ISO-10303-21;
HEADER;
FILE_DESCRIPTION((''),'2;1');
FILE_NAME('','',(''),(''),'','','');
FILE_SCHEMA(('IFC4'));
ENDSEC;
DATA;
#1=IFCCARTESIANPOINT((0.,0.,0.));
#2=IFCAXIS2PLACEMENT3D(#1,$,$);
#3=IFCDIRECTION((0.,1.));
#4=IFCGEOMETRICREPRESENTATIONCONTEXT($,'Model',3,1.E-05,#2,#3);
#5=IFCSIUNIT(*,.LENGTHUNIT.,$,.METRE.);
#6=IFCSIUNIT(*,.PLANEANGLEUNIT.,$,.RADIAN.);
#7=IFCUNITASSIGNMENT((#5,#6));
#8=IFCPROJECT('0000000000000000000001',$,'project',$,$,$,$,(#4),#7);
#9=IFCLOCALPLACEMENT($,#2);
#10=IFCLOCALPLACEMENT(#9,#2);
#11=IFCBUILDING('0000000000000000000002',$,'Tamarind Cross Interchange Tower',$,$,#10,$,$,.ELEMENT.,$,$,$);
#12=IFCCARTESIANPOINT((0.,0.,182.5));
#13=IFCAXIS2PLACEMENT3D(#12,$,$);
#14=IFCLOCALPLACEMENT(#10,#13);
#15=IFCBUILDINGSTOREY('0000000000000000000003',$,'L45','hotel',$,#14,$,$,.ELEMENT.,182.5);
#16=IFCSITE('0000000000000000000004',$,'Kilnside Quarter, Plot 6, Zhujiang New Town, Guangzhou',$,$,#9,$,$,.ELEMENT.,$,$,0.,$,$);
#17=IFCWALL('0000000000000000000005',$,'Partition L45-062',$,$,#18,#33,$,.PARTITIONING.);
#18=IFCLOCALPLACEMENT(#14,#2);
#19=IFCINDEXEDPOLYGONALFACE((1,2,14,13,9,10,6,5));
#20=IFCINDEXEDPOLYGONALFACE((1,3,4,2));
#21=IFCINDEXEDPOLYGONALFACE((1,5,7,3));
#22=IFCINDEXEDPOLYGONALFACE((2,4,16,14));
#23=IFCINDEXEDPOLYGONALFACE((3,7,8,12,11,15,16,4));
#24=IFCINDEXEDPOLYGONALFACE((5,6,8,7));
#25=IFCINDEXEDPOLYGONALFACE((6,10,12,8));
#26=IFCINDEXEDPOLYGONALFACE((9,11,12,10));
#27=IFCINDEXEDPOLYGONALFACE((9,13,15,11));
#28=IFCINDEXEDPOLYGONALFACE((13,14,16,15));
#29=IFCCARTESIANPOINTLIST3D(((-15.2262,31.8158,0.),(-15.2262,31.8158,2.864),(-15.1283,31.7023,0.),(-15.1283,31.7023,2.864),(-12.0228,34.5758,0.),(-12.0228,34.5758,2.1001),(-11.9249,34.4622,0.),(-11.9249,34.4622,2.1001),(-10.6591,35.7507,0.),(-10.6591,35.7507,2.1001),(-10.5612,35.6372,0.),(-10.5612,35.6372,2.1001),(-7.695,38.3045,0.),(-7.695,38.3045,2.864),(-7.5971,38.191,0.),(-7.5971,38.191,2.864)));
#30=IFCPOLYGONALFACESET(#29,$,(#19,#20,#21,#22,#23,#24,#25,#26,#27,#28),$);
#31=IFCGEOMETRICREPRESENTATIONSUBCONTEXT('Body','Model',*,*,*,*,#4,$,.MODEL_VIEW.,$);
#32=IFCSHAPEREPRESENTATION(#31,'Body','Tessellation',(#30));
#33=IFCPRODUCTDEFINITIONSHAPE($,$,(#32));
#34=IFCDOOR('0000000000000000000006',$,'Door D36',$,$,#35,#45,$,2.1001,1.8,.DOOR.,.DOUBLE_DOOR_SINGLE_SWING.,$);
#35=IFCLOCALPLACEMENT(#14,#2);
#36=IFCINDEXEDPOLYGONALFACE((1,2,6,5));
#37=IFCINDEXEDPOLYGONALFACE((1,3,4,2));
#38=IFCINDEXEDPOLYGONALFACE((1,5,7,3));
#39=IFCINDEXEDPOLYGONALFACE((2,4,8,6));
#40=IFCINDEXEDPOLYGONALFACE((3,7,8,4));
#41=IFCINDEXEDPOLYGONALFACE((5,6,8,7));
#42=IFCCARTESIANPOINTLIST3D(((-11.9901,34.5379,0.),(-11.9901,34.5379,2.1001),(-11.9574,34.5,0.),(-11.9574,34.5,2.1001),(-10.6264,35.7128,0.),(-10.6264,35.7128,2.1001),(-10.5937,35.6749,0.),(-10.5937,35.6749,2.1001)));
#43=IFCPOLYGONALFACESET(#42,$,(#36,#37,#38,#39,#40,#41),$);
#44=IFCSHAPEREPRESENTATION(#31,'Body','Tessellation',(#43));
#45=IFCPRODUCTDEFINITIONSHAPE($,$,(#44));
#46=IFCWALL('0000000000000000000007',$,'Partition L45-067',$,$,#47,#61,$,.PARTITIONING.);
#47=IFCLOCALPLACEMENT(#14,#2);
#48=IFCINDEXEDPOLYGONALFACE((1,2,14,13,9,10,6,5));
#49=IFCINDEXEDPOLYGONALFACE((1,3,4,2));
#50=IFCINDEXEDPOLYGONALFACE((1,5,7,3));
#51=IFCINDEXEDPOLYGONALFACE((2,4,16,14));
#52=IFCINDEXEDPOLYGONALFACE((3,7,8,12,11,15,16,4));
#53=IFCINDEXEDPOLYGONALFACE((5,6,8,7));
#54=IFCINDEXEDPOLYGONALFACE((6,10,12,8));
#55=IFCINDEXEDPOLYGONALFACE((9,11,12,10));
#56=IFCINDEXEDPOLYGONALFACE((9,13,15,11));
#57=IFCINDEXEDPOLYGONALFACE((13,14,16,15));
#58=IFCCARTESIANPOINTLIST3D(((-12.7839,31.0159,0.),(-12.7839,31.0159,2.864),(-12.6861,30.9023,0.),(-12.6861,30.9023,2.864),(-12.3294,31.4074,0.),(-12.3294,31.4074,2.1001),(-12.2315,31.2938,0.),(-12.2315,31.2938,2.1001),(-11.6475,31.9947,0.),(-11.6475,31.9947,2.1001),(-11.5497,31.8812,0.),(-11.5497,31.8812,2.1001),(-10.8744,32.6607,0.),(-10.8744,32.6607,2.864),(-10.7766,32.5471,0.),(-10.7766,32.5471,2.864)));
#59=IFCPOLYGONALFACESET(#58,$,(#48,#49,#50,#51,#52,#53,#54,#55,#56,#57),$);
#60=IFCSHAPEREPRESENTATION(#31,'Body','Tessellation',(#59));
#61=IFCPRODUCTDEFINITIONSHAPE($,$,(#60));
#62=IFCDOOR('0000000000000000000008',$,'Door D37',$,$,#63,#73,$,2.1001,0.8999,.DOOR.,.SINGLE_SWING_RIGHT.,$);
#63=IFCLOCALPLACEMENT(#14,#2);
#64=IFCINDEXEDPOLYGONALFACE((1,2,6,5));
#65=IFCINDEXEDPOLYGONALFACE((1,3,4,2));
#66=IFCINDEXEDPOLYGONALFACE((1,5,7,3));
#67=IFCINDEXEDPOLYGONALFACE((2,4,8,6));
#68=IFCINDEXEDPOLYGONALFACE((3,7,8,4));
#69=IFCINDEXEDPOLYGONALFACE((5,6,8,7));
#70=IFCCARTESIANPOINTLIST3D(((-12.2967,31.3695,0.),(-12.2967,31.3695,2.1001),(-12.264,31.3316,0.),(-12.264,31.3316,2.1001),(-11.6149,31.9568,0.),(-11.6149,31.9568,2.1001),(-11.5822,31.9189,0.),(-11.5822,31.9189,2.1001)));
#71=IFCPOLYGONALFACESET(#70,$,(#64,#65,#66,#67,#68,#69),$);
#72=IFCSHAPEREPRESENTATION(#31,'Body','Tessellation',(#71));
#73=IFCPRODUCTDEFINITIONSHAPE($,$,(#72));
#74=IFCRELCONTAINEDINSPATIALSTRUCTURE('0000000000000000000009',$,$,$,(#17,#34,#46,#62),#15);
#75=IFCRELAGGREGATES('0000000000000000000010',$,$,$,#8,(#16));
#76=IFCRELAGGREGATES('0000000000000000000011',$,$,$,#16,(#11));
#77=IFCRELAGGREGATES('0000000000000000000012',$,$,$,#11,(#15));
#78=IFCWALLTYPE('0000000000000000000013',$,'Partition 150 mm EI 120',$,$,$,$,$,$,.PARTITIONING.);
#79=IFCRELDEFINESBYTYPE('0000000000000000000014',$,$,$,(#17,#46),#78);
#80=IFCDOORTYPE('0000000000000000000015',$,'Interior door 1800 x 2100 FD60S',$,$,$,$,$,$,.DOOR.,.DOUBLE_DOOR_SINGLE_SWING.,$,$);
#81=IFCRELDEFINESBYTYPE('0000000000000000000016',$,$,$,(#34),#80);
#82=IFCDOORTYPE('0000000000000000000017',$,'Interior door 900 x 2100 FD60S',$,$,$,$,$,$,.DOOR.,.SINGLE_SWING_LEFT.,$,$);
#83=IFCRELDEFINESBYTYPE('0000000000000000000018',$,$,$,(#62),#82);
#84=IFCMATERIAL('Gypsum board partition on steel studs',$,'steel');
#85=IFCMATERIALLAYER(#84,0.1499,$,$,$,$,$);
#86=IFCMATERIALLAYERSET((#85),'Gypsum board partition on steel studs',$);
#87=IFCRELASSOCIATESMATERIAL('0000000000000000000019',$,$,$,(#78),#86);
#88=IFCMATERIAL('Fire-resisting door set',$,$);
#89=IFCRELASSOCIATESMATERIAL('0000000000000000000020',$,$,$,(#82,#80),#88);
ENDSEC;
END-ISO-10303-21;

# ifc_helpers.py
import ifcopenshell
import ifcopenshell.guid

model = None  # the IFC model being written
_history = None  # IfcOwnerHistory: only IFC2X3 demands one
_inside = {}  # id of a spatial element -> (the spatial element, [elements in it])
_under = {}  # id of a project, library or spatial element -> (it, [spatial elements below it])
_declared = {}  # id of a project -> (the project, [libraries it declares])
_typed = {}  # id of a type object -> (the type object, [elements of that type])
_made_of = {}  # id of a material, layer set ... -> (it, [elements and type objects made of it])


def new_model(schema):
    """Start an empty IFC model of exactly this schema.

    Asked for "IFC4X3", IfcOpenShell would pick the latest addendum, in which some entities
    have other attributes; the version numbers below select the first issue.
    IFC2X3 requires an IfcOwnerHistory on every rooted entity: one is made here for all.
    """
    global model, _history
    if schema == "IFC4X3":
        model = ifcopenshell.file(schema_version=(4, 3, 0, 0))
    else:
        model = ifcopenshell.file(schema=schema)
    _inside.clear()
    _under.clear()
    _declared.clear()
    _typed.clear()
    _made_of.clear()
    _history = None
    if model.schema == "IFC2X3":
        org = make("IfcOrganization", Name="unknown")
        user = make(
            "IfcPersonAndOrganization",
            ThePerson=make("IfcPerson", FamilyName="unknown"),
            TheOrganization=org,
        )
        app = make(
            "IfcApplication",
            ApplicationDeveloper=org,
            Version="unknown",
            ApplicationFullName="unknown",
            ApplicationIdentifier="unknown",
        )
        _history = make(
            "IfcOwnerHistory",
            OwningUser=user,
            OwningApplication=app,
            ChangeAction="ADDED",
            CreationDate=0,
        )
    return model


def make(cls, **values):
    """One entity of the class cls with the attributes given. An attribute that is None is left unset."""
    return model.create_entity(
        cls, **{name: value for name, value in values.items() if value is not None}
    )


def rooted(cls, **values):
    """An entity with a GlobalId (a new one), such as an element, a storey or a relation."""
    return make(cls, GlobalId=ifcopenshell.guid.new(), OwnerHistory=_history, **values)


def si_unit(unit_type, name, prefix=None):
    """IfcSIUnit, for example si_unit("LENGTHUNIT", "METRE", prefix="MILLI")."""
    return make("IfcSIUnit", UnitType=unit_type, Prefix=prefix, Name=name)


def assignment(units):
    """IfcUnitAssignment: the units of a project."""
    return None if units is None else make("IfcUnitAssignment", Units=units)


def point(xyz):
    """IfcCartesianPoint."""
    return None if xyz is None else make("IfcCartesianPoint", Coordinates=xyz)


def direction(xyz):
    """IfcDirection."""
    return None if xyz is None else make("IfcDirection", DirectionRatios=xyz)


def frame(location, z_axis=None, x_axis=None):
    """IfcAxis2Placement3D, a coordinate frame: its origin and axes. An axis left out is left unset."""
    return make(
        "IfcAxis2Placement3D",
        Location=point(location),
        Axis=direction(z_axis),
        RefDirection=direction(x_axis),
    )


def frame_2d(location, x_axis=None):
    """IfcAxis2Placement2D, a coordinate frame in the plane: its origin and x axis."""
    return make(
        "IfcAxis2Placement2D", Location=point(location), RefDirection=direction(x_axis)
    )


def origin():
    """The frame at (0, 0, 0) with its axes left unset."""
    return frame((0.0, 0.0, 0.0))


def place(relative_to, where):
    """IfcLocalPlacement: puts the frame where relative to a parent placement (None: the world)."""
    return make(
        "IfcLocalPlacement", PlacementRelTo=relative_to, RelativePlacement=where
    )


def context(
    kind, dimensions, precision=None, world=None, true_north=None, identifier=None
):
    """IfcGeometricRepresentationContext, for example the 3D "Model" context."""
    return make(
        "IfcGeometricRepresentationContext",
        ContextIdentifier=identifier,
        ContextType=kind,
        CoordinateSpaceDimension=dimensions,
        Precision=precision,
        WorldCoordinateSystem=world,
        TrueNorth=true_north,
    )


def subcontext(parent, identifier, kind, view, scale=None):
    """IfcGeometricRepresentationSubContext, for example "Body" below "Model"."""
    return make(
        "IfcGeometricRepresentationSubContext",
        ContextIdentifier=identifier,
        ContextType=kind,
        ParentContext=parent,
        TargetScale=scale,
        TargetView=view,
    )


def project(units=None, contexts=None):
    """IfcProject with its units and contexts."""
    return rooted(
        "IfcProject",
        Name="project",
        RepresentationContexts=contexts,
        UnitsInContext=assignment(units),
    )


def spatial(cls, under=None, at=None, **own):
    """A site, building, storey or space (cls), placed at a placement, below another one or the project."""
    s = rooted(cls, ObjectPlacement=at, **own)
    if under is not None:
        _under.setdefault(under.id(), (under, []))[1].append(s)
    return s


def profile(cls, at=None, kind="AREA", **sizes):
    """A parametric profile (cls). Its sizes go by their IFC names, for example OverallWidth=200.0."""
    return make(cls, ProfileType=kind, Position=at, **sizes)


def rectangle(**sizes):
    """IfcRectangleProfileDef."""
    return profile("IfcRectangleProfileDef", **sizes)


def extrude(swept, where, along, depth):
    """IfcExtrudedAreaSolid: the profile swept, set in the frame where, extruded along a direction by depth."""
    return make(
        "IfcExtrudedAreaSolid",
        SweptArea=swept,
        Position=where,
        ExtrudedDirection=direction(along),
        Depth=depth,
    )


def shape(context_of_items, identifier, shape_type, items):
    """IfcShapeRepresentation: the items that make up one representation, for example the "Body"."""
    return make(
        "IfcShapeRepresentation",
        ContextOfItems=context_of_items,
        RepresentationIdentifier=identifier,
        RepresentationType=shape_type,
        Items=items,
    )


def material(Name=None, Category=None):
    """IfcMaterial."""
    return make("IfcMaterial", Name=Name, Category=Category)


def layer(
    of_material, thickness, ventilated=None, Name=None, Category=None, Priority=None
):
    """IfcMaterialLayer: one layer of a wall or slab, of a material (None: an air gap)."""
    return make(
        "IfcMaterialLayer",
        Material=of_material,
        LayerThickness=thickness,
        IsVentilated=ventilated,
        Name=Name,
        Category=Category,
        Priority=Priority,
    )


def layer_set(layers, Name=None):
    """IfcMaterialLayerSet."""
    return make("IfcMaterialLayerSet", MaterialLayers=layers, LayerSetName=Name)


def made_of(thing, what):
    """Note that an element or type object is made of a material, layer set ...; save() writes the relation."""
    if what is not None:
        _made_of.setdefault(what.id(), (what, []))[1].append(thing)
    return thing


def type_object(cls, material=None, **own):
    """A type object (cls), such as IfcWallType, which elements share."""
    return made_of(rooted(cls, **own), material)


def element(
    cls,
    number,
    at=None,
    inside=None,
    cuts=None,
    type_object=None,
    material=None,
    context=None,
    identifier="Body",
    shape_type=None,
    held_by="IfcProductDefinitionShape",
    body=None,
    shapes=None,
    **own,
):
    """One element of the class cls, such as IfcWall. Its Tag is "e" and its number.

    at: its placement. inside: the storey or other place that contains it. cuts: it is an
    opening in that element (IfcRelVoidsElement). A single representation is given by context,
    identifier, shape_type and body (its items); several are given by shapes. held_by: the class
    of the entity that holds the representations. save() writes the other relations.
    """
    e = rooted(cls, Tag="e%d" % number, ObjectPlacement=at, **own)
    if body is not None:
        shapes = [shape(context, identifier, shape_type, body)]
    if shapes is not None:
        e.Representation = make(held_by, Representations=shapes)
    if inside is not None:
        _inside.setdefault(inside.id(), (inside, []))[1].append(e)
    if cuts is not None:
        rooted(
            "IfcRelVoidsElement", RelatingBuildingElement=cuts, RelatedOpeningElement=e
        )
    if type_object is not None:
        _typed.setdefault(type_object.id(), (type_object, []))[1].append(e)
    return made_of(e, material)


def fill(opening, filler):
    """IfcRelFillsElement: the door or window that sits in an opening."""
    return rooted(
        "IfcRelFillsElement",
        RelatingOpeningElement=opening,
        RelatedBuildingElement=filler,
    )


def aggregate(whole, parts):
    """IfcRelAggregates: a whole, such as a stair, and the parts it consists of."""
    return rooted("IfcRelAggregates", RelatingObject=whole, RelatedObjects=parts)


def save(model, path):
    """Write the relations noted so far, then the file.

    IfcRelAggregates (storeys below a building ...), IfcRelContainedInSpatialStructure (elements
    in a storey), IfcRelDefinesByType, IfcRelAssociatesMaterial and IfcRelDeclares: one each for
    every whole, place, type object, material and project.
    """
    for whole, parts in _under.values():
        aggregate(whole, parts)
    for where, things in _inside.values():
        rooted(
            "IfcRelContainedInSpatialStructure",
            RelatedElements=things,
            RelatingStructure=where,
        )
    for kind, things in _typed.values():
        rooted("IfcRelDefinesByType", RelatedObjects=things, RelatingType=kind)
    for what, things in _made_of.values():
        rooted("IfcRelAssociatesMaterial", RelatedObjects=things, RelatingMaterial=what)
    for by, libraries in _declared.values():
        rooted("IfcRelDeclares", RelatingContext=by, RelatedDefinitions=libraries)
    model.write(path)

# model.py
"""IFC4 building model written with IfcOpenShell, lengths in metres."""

from ifc_helpers import new_model, si_unit, direction, frame, frame_2d, origin, place, context, subcontext, project, spatial, rectangle, extrude, material, layer, layer_set, type_object, element, fill, save


model = new_model("IFC4")

# Units and contexts
model_context = context("Model", 3, precision=1e-05, world=origin(), true_north=direction((0.0, 1.0)))
body_context = subcontext(model_context, "Body", "Model", "MODEL_VIEW")
ifc_project = project(units=[si_unit("LENGTHUNIT", "METRE"), si_unit("PLANEANGLEUNIT", "RADIAN")], contexts=[model_context])

# Site, building, storey
site_placement = place(None, origin())
site = spatial("IfcSite", under=ifc_project, at=site_placement, Name="Kilnside Quarter, Plot 6, Zhujiang New Town, Guangzhou", CompositionType="ELEMENT", RefElevation=0.0)
building_placement = place(site_placement, origin())
building = spatial("IfcBuilding", under=site, at=building_placement, Name="Tamarind Cross Interchange Tower", CompositionType="ELEMENT")
storey_placement = place(building_placement, frame((0.0, 0.0, 182.5)))
storey = spatial("IfcBuildingStorey", under=building, at=storey_placement, Name="L45", Description="hotel", CompositionType="ELEMENT", Elevation=182.5)

# Shared definitions
ifc_material_1 = material(Name="Gypsum board partition on steel studs", Category="steel")
ifc_layer_1 = layer(ifc_material_1, 0.1499)
ifc_layer_set_1 = layer_set([ifc_layer_1], Name="Gypsum board partition on steel studs")
wall_type = type_object("IfcWallType", Name="Partition 150 mm EI 120", PredefinedType="PARTITIONING", material=ifc_layer_set_1)

# Shared definitions
ifc_material_2 = material(Name="Fire-resisting door set")
door_type_1 = type_object("IfcDoorType", Name="Interior door 900 x 2100 FD60S", OperationType="SINGLE_SWING_LEFT", PredefinedType="DOOR", material=ifc_material_2)

# Walls, openings, doors
wall_1_placement = place(storey_placement, frame((-15.1772, 31.759, 0.0), z_axis=(0.0, 0.0, 1.0), x_axis=(0.757593, 0.652727, 0.0)))
wall_1 = element("IfcWall", 1, at=wall_1_placement, inside=storey, type_object=wall_type, Name="Partition L45-062", PredefinedType="PARTITIONING", context=body_context, shape_type="SweptSolid", body=[
    extrude(rectangle(XDim=9.9409, YDim=0.1499, at=frame_2d((4.9705, 0.0))), origin(), (0.0, 0.0, 1.0), 2.864),
])
opening_1_placement = place(wall_1_placement, frame((4.2285, 0.0, 0.0)))
opening_1 = element("IfcOpeningElement", 2, at=opening_1_placement, cuts=wall_1, PredefinedType="OPENING", context=body_context, shape_type="SweptSolid", body=[
    extrude(rectangle(XDim=1.8, YDim=2.1001, at=frame_2d((0.8999, 1.05))), frame((0.0, 0.085, 0.0), z_axis=(0.0, -1.0, 0.0), x_axis=(1.0, 0.0, 0.0)), (0.0, 0.0, 1.0), 0.1699),
])
door_type_2 = type_object("IfcDoorType", Name="Interior door 1800 x 2100 FD60S", OperationType="DOUBLE_DOOR_SINGLE_SWING", PredefinedType="DOOR", material=ifc_material_2)
door_1_placement = place(opening_1_placement, origin())
door_1 = element("IfcDoor", 3, at=door_1_placement, inside=storey, type_object=door_type_2, Name="Door D36", OperationType="DOUBLE_DOOR_SINGLE_SWING", OverallHeight=2.1001, OverallWidth=1.8, PredefinedType="DOOR", context=body_context, shape_type="SweptSolid", body=[
    extrude(rectangle(XDim=1.8, YDim=2.1001, at=frame_2d((0.8999, 1.05))), frame((0.0, 0.0249, 0.0), z_axis=(0.0, -1.0, 0.0), x_axis=(1.0, 0.0, 0.0)), (0.0, 0.0, 1.0), 0.05),
])
fill(opening_1, door_1)
wall_2_placement = place(storey_placement, frame((-12.7351, 30.959, 0.0), z_axis=(0.0, 0.0, 1.0), x_axis=(0.757661, 0.652648, 0.0)))
wall_2 = element("IfcWall", 4, at=wall_2_placement, inside=storey, type_object=wall_type, Name="Partition L45-067", PredefinedType="PARTITIONING", context=body_context, shape_type="SweptSolid", body=[
    extrude(rectangle(XDim=2.5203, YDim=0.1499, at=frame_2d((1.2603, 0.0))), origin(), (0.0, 0.0, 1.0), 2.864),
])
opening_2_placement = place(wall_2_placement, frame((0.6001, 0.0, 0.0)))
opening_2 = element("IfcOpeningElement", 5, at=opening_2_placement, cuts=wall_2, PredefinedType="OPENING", context=body_context, shape_type="SweptSolid", body=[
    extrude(rectangle(XDim=0.8999, YDim=2.1001, at=frame_2d((0.45, 1.05))), frame((0.0, 0.085, 0.0), z_axis=(0.0, -1.0, 0.0), x_axis=(1.0, 0.0, 0.0)), (0.0, 0.0, 1.0), 0.1699),
])
door_2_placement = place(opening_2_placement, origin())
door_2 = element("IfcDoor", 6, at=door_2_placement, inside=storey, type_object=door_type_1, Name="Door D37", OperationType="SINGLE_SWING_RIGHT", OverallHeight=2.1001, OverallWidth=0.8999, PredefinedType="DOOR", context=body_context, shape_type="SweptSolid", body=[
    extrude(rectangle(XDim=0.8999, YDim=2.1001, at=frame_2d((0.45, 1.05))), frame((0.0, 0.0249, 0.0), z_axis=(0.0, -1.0, 0.0), x_axis=(1.0, 0.0, 0.0)), (0.0, 0.0, 1.0), 0.05),
])
fill(opening_2, door_2)

save(model, "model.ifc")
